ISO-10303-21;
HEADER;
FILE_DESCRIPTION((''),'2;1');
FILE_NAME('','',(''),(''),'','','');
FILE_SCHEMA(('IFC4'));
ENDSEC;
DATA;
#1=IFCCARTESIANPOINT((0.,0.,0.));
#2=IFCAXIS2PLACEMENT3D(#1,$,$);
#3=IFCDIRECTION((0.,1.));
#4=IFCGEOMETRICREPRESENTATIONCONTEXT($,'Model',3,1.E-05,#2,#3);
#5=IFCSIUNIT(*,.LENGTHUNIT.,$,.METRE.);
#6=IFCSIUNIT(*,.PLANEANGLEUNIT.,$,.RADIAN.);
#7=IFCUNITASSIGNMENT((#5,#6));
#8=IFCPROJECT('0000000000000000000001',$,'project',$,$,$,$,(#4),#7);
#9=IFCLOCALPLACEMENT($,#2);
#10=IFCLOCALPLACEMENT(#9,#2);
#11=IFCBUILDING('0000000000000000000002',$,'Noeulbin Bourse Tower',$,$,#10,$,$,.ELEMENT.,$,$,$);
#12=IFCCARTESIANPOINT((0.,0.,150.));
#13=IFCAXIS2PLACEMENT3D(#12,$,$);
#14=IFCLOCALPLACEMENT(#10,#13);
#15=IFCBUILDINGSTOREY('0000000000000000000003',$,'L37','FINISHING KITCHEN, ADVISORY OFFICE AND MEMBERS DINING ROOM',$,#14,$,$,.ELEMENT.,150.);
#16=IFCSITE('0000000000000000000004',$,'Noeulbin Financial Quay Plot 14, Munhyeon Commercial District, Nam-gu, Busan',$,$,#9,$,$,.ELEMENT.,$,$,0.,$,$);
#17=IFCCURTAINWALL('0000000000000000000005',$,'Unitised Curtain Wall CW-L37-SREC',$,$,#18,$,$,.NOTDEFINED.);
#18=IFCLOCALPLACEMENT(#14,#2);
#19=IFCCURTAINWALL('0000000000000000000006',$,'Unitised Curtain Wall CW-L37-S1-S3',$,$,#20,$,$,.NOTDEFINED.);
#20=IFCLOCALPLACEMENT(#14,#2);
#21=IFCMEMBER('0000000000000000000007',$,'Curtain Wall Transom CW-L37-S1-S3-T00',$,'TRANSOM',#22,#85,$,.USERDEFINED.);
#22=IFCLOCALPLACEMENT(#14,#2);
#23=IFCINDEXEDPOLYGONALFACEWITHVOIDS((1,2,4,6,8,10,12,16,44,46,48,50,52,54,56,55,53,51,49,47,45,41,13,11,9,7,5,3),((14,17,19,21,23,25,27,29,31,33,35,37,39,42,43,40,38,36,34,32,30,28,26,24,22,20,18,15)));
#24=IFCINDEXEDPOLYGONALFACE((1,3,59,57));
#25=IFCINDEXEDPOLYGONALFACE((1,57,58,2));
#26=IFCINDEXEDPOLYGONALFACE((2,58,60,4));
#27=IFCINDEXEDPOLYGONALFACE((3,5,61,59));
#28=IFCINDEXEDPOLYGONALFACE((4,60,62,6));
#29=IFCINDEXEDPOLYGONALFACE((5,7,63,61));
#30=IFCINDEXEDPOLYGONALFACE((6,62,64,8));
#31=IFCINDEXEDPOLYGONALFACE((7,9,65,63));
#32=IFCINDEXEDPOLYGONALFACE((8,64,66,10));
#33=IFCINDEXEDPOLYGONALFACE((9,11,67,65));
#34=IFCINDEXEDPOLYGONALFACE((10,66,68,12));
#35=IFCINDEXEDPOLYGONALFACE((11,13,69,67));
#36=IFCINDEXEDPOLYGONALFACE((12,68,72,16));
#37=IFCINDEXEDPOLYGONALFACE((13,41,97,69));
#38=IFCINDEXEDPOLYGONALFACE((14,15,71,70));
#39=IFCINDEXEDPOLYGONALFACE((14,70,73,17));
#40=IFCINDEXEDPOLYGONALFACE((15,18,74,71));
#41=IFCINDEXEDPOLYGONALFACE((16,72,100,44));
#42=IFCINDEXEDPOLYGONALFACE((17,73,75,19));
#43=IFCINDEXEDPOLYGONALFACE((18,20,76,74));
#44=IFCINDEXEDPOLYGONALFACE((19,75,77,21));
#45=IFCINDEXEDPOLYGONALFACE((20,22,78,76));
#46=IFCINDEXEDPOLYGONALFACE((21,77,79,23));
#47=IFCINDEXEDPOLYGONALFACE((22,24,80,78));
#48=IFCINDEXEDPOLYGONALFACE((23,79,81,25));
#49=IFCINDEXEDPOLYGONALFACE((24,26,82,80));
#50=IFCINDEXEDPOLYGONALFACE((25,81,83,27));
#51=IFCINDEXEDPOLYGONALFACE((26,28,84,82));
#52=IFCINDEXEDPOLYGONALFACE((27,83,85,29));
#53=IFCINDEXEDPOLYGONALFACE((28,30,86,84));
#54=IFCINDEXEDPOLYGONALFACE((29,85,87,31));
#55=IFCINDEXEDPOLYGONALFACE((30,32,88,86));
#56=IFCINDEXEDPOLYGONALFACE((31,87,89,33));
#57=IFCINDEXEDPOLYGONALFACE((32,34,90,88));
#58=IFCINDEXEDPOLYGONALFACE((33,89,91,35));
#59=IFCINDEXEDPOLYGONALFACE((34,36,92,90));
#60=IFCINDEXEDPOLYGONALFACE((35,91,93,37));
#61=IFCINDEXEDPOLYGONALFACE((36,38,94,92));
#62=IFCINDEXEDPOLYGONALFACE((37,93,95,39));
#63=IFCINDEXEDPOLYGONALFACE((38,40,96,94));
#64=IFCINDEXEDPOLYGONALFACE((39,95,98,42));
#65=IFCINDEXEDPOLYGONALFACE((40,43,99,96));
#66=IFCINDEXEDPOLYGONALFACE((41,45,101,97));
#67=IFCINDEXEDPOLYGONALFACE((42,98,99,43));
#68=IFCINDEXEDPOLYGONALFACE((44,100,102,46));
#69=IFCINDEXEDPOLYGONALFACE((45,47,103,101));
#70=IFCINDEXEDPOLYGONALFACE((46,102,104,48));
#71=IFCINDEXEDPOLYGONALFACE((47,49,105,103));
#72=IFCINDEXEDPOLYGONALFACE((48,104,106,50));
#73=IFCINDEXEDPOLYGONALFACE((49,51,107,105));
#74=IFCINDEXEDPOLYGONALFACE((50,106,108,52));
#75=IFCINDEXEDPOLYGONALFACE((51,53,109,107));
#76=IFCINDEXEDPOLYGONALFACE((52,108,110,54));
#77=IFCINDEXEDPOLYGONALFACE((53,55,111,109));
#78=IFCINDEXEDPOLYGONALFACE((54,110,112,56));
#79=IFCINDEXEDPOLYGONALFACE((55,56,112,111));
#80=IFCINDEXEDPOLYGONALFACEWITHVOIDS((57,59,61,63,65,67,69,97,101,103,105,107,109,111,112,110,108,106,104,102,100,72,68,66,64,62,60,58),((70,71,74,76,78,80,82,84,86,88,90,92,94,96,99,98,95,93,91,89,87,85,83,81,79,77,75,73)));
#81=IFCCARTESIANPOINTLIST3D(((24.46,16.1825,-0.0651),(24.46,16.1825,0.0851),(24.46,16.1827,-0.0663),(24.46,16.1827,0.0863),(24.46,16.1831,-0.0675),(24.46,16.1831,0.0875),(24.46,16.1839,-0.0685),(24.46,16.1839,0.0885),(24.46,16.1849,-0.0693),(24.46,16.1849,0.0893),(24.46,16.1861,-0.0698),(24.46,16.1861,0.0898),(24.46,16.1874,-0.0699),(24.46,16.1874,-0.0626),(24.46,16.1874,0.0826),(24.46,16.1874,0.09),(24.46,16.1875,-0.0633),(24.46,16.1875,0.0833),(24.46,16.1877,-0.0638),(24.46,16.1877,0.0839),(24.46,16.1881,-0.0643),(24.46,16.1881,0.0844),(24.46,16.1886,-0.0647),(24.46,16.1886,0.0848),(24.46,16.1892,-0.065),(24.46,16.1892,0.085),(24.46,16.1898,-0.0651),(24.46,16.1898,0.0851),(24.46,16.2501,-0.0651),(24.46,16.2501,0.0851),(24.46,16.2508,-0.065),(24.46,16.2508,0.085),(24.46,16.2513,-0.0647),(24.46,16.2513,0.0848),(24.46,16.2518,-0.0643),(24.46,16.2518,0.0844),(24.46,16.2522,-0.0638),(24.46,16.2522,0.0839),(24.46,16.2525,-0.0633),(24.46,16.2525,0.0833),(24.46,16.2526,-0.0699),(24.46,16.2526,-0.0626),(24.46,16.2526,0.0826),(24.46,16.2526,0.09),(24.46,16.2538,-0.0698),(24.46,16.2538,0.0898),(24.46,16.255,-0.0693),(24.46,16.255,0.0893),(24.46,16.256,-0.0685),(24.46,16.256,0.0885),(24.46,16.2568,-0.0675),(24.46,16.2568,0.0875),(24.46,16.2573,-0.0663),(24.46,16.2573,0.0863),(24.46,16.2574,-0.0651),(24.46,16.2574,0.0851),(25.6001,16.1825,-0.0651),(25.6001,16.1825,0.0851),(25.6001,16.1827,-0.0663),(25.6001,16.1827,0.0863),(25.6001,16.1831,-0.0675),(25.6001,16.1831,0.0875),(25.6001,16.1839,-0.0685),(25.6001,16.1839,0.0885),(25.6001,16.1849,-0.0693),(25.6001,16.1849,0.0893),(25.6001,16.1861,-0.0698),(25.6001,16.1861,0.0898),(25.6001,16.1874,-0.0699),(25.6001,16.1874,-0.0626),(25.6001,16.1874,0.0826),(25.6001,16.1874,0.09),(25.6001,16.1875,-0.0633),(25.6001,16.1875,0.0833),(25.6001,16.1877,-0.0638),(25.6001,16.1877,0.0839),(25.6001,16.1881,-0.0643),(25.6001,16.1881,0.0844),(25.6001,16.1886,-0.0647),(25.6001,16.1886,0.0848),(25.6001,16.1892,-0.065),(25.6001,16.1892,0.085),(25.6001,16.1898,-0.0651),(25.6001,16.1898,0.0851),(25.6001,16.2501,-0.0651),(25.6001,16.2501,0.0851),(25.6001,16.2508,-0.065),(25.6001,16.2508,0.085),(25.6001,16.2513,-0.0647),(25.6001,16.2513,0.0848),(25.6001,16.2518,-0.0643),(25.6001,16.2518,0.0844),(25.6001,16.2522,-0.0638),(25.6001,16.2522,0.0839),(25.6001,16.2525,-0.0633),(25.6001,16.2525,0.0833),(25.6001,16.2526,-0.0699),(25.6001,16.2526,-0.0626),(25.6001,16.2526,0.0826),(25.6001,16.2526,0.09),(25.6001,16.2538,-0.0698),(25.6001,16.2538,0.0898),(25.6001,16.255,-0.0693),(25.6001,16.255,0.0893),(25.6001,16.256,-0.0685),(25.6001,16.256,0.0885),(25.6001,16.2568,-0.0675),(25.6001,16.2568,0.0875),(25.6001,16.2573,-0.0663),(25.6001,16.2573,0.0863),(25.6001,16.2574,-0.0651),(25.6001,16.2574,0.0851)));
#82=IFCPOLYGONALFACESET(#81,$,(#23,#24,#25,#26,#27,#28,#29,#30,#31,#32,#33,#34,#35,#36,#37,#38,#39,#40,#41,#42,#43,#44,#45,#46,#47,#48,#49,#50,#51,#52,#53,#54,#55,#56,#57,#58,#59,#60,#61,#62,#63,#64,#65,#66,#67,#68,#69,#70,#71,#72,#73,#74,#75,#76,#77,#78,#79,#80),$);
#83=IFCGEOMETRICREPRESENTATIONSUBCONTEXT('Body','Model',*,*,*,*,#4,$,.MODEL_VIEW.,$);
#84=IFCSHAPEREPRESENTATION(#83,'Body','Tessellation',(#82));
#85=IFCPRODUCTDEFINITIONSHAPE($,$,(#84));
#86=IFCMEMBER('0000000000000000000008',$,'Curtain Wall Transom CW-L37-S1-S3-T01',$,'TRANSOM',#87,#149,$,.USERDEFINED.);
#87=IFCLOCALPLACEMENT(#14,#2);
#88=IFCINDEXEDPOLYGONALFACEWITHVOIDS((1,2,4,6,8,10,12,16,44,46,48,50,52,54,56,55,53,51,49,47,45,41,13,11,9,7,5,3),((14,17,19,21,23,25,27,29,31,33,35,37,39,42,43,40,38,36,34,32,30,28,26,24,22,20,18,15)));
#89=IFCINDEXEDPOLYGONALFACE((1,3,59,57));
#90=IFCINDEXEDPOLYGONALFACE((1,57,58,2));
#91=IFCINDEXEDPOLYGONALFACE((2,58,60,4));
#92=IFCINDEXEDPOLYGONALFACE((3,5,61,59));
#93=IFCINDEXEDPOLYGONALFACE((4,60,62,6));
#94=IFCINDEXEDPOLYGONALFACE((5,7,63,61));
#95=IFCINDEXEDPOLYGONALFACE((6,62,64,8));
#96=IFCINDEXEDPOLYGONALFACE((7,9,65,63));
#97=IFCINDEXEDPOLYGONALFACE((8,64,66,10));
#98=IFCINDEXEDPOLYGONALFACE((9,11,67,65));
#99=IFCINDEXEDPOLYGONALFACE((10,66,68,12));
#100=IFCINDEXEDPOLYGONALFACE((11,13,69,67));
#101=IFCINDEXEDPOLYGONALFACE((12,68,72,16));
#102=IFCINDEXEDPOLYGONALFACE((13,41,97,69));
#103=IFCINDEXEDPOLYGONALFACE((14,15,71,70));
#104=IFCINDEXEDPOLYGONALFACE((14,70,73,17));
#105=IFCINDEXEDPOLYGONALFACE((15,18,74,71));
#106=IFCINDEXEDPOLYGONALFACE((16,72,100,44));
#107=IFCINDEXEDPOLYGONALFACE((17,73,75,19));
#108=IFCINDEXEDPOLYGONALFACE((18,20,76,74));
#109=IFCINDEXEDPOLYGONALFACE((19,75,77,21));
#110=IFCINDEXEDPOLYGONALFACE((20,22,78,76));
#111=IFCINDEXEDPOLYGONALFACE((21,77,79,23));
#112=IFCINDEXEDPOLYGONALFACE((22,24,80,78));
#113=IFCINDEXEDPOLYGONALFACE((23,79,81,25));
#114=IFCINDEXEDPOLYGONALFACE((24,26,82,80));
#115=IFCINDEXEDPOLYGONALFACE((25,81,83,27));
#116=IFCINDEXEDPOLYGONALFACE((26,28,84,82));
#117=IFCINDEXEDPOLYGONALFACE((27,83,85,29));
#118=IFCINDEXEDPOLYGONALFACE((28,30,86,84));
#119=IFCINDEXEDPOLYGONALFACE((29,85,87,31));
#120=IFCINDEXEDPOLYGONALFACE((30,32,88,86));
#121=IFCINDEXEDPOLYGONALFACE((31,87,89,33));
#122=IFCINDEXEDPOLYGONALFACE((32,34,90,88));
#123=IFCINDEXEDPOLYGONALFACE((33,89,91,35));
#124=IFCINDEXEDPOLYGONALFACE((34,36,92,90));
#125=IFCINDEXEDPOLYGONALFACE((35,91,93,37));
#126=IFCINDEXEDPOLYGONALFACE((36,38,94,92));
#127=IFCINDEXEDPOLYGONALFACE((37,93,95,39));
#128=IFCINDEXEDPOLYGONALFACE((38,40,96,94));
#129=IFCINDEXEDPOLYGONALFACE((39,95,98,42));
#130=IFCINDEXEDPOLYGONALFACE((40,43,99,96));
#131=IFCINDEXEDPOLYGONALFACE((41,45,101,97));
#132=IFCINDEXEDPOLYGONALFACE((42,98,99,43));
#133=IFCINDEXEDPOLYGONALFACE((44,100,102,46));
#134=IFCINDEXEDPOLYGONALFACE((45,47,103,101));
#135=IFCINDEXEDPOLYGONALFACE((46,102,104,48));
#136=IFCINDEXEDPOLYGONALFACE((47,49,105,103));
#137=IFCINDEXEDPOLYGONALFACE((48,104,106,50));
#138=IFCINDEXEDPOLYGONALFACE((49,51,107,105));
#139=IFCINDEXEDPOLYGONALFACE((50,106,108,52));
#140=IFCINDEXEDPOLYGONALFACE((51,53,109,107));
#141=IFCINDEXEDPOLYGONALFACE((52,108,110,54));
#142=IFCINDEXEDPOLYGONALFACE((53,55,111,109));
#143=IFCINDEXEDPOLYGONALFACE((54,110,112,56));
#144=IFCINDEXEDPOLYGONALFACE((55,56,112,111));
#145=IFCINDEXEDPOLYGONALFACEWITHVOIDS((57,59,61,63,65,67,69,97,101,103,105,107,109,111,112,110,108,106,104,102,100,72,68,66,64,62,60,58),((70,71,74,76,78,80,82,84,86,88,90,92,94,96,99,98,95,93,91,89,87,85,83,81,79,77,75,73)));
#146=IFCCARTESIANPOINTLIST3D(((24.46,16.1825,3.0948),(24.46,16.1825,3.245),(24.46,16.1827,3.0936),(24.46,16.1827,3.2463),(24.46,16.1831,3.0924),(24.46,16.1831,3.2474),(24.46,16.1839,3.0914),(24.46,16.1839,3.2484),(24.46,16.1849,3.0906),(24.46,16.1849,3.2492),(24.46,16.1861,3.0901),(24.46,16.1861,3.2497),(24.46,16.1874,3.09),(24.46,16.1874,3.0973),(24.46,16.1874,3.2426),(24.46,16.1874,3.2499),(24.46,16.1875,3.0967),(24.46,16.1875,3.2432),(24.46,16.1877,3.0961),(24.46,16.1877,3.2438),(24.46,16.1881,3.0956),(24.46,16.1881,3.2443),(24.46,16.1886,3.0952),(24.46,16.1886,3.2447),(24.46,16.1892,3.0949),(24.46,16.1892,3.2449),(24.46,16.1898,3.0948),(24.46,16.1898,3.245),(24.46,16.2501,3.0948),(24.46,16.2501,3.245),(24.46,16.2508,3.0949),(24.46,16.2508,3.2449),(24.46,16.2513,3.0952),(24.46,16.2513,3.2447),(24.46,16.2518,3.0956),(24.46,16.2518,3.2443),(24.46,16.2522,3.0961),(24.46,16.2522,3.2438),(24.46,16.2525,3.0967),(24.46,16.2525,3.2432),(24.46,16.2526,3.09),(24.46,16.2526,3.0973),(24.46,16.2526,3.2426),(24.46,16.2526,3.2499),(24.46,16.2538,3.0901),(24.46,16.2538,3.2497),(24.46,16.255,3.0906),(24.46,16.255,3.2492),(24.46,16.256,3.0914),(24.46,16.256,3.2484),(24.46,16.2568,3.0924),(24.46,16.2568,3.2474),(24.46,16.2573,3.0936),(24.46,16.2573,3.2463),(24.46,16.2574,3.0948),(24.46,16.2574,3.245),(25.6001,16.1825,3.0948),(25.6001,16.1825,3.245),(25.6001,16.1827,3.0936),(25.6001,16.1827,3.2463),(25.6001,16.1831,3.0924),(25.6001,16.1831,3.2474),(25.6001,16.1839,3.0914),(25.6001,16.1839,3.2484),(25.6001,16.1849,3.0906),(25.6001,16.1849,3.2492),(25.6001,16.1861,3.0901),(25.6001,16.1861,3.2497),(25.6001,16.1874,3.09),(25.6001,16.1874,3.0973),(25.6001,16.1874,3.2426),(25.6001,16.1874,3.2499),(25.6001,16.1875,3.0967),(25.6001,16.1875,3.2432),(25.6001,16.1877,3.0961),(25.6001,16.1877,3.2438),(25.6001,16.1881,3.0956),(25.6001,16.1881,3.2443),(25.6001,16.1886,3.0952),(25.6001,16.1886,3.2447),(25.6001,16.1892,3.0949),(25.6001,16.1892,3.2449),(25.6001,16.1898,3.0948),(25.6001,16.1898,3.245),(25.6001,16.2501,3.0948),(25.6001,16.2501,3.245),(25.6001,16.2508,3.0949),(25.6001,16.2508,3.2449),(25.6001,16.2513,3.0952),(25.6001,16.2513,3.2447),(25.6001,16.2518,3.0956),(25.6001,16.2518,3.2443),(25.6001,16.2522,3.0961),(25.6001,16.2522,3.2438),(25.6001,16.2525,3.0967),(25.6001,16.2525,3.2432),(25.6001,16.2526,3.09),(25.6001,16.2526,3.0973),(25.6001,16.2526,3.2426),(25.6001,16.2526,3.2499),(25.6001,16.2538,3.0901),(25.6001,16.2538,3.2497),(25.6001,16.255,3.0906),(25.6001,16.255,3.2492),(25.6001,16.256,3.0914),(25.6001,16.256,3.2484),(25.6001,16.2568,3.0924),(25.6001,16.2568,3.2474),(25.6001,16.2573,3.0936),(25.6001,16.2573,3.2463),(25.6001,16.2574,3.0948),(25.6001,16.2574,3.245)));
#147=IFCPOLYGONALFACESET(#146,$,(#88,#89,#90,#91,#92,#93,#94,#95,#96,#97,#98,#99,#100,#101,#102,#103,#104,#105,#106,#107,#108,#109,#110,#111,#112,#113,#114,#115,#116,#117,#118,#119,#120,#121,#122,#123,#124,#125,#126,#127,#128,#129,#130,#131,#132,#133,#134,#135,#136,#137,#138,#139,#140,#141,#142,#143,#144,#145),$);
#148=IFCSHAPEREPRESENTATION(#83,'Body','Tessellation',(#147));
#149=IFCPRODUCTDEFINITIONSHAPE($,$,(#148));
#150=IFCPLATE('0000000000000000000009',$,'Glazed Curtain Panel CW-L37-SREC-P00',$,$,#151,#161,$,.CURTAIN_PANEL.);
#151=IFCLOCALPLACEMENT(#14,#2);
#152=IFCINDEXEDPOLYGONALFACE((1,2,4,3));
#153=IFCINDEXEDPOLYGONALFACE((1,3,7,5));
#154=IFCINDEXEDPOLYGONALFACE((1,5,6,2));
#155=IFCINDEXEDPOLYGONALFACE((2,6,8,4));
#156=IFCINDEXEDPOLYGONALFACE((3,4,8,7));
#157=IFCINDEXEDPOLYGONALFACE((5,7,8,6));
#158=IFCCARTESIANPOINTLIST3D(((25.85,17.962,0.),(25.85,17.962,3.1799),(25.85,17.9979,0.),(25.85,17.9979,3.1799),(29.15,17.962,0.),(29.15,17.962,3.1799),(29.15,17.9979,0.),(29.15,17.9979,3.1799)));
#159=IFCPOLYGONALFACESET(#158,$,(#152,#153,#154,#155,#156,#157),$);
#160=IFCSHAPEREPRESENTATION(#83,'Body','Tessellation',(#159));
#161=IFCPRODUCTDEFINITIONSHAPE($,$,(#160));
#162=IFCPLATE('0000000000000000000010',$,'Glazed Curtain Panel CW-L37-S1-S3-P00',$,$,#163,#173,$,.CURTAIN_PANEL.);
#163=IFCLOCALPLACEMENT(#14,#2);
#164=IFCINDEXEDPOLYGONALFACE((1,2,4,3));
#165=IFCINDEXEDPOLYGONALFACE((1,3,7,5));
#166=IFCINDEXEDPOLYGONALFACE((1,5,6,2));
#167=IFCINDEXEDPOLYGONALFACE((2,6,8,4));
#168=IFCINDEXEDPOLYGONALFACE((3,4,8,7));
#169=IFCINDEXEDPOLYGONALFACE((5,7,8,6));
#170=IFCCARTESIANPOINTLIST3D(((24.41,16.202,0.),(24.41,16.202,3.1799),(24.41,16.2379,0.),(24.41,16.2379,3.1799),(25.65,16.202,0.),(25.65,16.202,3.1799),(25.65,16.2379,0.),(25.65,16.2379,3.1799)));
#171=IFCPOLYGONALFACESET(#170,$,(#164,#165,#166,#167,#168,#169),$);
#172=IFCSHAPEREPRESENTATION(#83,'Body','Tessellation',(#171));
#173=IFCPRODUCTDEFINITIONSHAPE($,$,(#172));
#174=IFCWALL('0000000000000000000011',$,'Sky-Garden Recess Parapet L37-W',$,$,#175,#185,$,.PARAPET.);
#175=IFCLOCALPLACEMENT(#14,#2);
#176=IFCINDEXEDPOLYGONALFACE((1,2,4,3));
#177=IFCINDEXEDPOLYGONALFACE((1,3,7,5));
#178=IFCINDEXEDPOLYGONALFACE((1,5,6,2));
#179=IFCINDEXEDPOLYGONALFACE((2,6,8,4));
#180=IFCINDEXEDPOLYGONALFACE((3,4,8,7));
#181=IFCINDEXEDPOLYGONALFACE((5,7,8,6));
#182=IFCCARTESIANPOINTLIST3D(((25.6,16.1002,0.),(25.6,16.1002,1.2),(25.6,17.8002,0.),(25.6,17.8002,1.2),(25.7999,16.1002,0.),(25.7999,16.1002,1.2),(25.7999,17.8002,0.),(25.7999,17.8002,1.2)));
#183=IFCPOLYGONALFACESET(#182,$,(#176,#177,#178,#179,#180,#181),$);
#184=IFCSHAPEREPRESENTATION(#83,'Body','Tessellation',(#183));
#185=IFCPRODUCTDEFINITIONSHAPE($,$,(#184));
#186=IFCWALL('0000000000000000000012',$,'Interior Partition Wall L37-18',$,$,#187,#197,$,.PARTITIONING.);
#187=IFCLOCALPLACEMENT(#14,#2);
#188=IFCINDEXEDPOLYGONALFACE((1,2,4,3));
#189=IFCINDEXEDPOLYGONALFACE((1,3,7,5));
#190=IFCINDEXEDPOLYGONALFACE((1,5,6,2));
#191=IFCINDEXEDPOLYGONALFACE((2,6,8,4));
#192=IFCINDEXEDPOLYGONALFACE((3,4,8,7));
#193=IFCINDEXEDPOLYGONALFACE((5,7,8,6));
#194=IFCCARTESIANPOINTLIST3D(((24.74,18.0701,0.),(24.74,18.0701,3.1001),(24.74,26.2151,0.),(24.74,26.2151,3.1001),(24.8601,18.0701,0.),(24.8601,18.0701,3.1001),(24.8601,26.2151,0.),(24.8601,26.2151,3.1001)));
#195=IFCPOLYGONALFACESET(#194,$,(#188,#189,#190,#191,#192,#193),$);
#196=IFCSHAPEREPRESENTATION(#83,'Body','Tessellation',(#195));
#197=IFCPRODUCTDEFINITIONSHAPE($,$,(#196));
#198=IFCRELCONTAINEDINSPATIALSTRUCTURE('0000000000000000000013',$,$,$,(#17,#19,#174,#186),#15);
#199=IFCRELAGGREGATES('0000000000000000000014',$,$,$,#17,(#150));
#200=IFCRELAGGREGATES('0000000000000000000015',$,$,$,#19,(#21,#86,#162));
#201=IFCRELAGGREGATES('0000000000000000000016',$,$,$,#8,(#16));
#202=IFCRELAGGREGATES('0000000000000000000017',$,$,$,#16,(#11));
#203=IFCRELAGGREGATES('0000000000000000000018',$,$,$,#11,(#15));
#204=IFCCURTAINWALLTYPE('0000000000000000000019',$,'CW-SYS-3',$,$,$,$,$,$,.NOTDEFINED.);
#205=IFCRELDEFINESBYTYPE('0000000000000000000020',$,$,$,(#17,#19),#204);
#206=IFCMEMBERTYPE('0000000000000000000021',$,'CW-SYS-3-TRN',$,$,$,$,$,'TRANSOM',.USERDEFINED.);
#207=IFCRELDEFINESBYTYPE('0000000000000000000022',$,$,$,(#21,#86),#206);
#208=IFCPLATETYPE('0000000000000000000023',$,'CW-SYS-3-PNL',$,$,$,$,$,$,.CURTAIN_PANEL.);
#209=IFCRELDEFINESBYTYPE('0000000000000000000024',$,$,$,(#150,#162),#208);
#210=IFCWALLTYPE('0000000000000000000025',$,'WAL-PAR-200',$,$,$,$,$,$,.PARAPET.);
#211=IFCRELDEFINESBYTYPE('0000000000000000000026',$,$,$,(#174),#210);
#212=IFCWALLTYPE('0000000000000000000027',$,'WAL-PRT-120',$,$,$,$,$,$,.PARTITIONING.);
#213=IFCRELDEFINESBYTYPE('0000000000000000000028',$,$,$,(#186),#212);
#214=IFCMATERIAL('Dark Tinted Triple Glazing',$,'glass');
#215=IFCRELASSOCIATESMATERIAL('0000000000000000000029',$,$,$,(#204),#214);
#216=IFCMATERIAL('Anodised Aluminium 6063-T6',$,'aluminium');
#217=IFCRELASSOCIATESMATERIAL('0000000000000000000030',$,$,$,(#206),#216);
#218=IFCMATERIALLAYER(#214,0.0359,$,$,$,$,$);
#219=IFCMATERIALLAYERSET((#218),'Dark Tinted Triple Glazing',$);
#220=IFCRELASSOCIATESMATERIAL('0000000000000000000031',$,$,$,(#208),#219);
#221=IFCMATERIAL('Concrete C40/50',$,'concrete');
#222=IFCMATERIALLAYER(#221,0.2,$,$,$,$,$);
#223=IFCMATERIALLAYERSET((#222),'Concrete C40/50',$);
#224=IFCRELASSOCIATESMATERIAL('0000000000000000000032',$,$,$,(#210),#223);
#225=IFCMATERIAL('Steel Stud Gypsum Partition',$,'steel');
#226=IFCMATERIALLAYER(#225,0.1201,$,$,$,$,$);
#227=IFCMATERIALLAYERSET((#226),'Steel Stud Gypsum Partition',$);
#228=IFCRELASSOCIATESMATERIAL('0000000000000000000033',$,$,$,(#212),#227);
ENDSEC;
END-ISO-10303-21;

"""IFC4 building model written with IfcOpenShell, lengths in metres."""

from ifc_helpers import new_model, si_unit, direction, frame, frame_2d, origin, origin_2d, place, context, subcontext, project, spatial, rectangle, hollow_rectangle, extrude, material, layer, layer_set, material_profile, profile_set, type_object, element, aggregate, save


model = new_model("IFC4")

# Units and contexts
model_context = context("Model", 3, precision=1e-05, world=origin(), true_north=direction((0.0, 1.0)))
body_context = subcontext(model_context, "Body", "Model", "MODEL_VIEW")
ifc_project = project(units=[si_unit("LENGTHUNIT", "METRE"), si_unit("PLANEANGLEUNIT", "RADIAN")], contexts=[model_context])

# Site, building, storey
site_placement = place(None, origin())
site = spatial("IfcSite", under=ifc_project, at=site_placement, Name="Noeulbin Financial Quay Plot 14, Munhyeon Commercial District, Nam-gu, Busan", CompositionType="ELEMENT", RefElevation=0.0)
building_placement = place(site_placement, origin())
building = spatial("IfcBuilding", under=site, at=building_placement, Name="Noeulbin Bourse Tower", CompositionType="ELEMENT")
storey_placement = place(building_placement, frame((0.0, 0.0, 150.0)))
storey = spatial("IfcBuildingStorey", under=building, at=storey_placement, Name="L37", Description="FINISHING KITCHEN, ADVISORY OFFICE AND MEMBERS DINING ROOM", CompositionType="ELEMENT", Elevation=150.0)

# Curtain walls
ifc_material_1 = material(Name="Dark Tinted Triple Glazing", Category="glass")
curtain_wall_type = type_object("IfcCurtainWallType", Name="CW-SYS-3", PredefinedType="NOTDEFINED", material=ifc_material_1)
curtain_wall_1_placement = place(storey_placement, origin())
curtain_wall_1 = element("IfcCurtainWall", 1, at=curtain_wall_1_placement, inside=storey, type_object=curtain_wall_type, Name="Unitised Curtain Wall CW-L37-SREC", PredefinedType="NOTDEFINED")
ifc_material_2 = material(Name="Anodised Aluminium 6063-T6", Category="aluminium")
curtain_wall_2_placement = place(storey_placement, origin())
curtain_wall_2 = element("IfcCurtainWall", 2, at=curtain_wall_2_placement, inside=storey, type_object=curtain_wall_type, Name="Unitised Curtain Wall CW-L37-S1-S3", PredefinedType="NOTDEFINED")

# Members
ifc_material_profile_1 = material_profile(ifc_material_2, hollow_rectangle(XDim=0.075, YDim=0.1599, WallThickness=0.0049, InnerFilletRadius=0.0024, OuterFilletRadius=0.0049, at=origin_2d()), Name="ALU-TRAN-75x160x5", Category="LoadBearing")
ifc_profile_set_1 = profile_set([ifc_material_profile_1], Name="Anodised Aluminium 6063-T6")
member_type_1 = type_object("IfcMemberType", Name="CW-SYS-3-TRN", ElementType="TRANSOM", PredefinedType="USERDEFINED", material=ifc_profile_set_1)
member_1_placement = place(storey_placement, frame((24.46, 16.22, 0.01), z_axis=(1.0, 0.0, 0.0), x_axis=(0.0, 1.0, 0.0)))
member_1 = element("IfcMember", 3, at=member_1_placement, type_object=member_type_1, Name="Curtain Wall Transom CW-L37-S1-S3-T00", ObjectType="TRANSOM", PredefinedType="USERDEFINED", context=body_context, shape_type="SweptSolid", body=[
    extrude(hollow_rectangle(XDim=0.075, YDim=0.1599, WallThickness=0.0049, InnerFilletRadius=0.0024, OuterFilletRadius=0.0049, at=origin_2d()), origin(), (0.0, 0.0, 1.0), 1.1401),
])
member_2_placement = place(storey_placement, frame((24.46, 16.22, 3.1699), z_axis=(1.0, 0.0, 0.0), x_axis=(0.0, 1.0, 0.0)))
member_2 = element("IfcMember", 4, at=member_2_placement, type_object=member_type_1, Name="Curtain Wall Transom CW-L37-S1-S3-T01", ObjectType="TRANSOM", PredefinedType="USERDEFINED", context=body_context, shape_type="SweptSolid", body=[
    extrude(hollow_rectangle(XDim=0.075, YDim=0.1599, WallThickness=0.0049, InnerFilletRadius=0.0024, OuterFilletRadius=0.0049, at=origin_2d()), origin(), (0.0, 0.0, 1.0), 1.1401),
])

# Plates
ifc_layer_1 = layer(ifc_material_1, 0.0359)
ifc_layer_set_1 = layer_set([ifc_layer_1], Name="Dark Tinted Triple Glazing")
plate_type = type_object("IfcPlateType", Name="CW-SYS-3-PNL", PredefinedType="CURTAIN_PANEL", material=ifc_layer_set_1)
plate_1_placement = place(storey_placement, frame((27.5, 17.98, 0.0), z_axis=(0.0, 0.0, 1.0), x_axis=(1.0, 0.0, 0.0)))
plate_1 = element("IfcPlate", 5, at=plate_1_placement, type_object=plate_type, Name="Glazed Curtain Panel CW-L37-SREC-P00", PredefinedType="CURTAIN_PANEL", context=body_context, shape_type="SweptSolid", body=[
    extrude(rectangle(XDim=3.3, YDim=0.0359, at=origin_2d()), origin(), (0.0, 0.0, 1.0), 3.1799),
])
aggregate(curtain_wall_1, [plate_1])
plate_2_placement = place(storey_placement, frame((25.03, 16.22, 0.0), z_axis=(0.0, 0.0, 1.0), x_axis=(1.0, 0.0, 0.0)))
plate_2 = element("IfcPlate", 6, at=plate_2_placement, type_object=plate_type, Name="Glazed Curtain Panel CW-L37-S1-S3-P00", PredefinedType="CURTAIN_PANEL", context=body_context, shape_type="SweptSolid", body=[
    extrude(rectangle(XDim=1.24, YDim=0.0359, at=origin_2d()), origin(), (0.0, 0.0, 1.0), 3.1799),
])
aggregate(curtain_wall_2, [member_1, member_2, plate_2])

# Walls
ifc_material_3 = material(Name="Concrete C40/50", Category="concrete")
ifc_layer_2 = layer(ifc_material_3, 0.2)
ifc_layer_set_2 = layer_set([ifc_layer_2], Name="Concrete C40/50")
wall_type_1 = type_object("IfcWallType", Name="WAL-PAR-200", PredefinedType="PARAPET", material=ifc_layer_set_2)
wall_1_placement = place(storey_placement, frame((25.7, 16.1001, 0.0), z_axis=(0.0, 0.0, 1.0), x_axis=(0.0, 1.0, 0.0)))
element("IfcWall", 7, at=wall_1_placement, inside=storey, type_object=wall_type_1, Name="Sky-Garden Recess Parapet L37-W", PredefinedType="PARAPET", context=body_context, shape_type="SweptSolid", body=[
    extrude(rectangle(XDim=1.7, YDim=0.2, at=frame_2d((0.8501, 0.0))), origin(), (0.0, 0.0, 1.0), 1.2),
])
ifc_material_4 = material(Name="Steel Stud Gypsum Partition", Category="steel")
ifc_layer_3 = layer(ifc_material_4, 0.1201)
ifc_layer_set_3 = layer_set([ifc_layer_3], Name="Steel Stud Gypsum Partition")
wall_type_2 = type_object("IfcWallType", Name="WAL-PRT-120", PredefinedType="PARTITIONING", material=ifc_layer_set_3)
wall_2_placement = place(storey_placement, frame((24.8, 18.0701, 0.0), z_axis=(0.0, 0.0, 1.0), x_axis=(0.0, 1.0, 0.0)))
element("IfcWall", 8, at=wall_2_placement, inside=storey, type_object=wall_type_2, Name="Interior Partition Wall L37-18", PredefinedType="PARTITIONING", context=body_context, shape_type="SweptSolid", body=[
    extrude(rectangle(XDim=8.145, YDim=0.1201, at=frame_2d((4.0725, 0.0))), origin(), (0.0, 0.0, 1.0), 3.1001),
])

save(model, "model.ifc")
